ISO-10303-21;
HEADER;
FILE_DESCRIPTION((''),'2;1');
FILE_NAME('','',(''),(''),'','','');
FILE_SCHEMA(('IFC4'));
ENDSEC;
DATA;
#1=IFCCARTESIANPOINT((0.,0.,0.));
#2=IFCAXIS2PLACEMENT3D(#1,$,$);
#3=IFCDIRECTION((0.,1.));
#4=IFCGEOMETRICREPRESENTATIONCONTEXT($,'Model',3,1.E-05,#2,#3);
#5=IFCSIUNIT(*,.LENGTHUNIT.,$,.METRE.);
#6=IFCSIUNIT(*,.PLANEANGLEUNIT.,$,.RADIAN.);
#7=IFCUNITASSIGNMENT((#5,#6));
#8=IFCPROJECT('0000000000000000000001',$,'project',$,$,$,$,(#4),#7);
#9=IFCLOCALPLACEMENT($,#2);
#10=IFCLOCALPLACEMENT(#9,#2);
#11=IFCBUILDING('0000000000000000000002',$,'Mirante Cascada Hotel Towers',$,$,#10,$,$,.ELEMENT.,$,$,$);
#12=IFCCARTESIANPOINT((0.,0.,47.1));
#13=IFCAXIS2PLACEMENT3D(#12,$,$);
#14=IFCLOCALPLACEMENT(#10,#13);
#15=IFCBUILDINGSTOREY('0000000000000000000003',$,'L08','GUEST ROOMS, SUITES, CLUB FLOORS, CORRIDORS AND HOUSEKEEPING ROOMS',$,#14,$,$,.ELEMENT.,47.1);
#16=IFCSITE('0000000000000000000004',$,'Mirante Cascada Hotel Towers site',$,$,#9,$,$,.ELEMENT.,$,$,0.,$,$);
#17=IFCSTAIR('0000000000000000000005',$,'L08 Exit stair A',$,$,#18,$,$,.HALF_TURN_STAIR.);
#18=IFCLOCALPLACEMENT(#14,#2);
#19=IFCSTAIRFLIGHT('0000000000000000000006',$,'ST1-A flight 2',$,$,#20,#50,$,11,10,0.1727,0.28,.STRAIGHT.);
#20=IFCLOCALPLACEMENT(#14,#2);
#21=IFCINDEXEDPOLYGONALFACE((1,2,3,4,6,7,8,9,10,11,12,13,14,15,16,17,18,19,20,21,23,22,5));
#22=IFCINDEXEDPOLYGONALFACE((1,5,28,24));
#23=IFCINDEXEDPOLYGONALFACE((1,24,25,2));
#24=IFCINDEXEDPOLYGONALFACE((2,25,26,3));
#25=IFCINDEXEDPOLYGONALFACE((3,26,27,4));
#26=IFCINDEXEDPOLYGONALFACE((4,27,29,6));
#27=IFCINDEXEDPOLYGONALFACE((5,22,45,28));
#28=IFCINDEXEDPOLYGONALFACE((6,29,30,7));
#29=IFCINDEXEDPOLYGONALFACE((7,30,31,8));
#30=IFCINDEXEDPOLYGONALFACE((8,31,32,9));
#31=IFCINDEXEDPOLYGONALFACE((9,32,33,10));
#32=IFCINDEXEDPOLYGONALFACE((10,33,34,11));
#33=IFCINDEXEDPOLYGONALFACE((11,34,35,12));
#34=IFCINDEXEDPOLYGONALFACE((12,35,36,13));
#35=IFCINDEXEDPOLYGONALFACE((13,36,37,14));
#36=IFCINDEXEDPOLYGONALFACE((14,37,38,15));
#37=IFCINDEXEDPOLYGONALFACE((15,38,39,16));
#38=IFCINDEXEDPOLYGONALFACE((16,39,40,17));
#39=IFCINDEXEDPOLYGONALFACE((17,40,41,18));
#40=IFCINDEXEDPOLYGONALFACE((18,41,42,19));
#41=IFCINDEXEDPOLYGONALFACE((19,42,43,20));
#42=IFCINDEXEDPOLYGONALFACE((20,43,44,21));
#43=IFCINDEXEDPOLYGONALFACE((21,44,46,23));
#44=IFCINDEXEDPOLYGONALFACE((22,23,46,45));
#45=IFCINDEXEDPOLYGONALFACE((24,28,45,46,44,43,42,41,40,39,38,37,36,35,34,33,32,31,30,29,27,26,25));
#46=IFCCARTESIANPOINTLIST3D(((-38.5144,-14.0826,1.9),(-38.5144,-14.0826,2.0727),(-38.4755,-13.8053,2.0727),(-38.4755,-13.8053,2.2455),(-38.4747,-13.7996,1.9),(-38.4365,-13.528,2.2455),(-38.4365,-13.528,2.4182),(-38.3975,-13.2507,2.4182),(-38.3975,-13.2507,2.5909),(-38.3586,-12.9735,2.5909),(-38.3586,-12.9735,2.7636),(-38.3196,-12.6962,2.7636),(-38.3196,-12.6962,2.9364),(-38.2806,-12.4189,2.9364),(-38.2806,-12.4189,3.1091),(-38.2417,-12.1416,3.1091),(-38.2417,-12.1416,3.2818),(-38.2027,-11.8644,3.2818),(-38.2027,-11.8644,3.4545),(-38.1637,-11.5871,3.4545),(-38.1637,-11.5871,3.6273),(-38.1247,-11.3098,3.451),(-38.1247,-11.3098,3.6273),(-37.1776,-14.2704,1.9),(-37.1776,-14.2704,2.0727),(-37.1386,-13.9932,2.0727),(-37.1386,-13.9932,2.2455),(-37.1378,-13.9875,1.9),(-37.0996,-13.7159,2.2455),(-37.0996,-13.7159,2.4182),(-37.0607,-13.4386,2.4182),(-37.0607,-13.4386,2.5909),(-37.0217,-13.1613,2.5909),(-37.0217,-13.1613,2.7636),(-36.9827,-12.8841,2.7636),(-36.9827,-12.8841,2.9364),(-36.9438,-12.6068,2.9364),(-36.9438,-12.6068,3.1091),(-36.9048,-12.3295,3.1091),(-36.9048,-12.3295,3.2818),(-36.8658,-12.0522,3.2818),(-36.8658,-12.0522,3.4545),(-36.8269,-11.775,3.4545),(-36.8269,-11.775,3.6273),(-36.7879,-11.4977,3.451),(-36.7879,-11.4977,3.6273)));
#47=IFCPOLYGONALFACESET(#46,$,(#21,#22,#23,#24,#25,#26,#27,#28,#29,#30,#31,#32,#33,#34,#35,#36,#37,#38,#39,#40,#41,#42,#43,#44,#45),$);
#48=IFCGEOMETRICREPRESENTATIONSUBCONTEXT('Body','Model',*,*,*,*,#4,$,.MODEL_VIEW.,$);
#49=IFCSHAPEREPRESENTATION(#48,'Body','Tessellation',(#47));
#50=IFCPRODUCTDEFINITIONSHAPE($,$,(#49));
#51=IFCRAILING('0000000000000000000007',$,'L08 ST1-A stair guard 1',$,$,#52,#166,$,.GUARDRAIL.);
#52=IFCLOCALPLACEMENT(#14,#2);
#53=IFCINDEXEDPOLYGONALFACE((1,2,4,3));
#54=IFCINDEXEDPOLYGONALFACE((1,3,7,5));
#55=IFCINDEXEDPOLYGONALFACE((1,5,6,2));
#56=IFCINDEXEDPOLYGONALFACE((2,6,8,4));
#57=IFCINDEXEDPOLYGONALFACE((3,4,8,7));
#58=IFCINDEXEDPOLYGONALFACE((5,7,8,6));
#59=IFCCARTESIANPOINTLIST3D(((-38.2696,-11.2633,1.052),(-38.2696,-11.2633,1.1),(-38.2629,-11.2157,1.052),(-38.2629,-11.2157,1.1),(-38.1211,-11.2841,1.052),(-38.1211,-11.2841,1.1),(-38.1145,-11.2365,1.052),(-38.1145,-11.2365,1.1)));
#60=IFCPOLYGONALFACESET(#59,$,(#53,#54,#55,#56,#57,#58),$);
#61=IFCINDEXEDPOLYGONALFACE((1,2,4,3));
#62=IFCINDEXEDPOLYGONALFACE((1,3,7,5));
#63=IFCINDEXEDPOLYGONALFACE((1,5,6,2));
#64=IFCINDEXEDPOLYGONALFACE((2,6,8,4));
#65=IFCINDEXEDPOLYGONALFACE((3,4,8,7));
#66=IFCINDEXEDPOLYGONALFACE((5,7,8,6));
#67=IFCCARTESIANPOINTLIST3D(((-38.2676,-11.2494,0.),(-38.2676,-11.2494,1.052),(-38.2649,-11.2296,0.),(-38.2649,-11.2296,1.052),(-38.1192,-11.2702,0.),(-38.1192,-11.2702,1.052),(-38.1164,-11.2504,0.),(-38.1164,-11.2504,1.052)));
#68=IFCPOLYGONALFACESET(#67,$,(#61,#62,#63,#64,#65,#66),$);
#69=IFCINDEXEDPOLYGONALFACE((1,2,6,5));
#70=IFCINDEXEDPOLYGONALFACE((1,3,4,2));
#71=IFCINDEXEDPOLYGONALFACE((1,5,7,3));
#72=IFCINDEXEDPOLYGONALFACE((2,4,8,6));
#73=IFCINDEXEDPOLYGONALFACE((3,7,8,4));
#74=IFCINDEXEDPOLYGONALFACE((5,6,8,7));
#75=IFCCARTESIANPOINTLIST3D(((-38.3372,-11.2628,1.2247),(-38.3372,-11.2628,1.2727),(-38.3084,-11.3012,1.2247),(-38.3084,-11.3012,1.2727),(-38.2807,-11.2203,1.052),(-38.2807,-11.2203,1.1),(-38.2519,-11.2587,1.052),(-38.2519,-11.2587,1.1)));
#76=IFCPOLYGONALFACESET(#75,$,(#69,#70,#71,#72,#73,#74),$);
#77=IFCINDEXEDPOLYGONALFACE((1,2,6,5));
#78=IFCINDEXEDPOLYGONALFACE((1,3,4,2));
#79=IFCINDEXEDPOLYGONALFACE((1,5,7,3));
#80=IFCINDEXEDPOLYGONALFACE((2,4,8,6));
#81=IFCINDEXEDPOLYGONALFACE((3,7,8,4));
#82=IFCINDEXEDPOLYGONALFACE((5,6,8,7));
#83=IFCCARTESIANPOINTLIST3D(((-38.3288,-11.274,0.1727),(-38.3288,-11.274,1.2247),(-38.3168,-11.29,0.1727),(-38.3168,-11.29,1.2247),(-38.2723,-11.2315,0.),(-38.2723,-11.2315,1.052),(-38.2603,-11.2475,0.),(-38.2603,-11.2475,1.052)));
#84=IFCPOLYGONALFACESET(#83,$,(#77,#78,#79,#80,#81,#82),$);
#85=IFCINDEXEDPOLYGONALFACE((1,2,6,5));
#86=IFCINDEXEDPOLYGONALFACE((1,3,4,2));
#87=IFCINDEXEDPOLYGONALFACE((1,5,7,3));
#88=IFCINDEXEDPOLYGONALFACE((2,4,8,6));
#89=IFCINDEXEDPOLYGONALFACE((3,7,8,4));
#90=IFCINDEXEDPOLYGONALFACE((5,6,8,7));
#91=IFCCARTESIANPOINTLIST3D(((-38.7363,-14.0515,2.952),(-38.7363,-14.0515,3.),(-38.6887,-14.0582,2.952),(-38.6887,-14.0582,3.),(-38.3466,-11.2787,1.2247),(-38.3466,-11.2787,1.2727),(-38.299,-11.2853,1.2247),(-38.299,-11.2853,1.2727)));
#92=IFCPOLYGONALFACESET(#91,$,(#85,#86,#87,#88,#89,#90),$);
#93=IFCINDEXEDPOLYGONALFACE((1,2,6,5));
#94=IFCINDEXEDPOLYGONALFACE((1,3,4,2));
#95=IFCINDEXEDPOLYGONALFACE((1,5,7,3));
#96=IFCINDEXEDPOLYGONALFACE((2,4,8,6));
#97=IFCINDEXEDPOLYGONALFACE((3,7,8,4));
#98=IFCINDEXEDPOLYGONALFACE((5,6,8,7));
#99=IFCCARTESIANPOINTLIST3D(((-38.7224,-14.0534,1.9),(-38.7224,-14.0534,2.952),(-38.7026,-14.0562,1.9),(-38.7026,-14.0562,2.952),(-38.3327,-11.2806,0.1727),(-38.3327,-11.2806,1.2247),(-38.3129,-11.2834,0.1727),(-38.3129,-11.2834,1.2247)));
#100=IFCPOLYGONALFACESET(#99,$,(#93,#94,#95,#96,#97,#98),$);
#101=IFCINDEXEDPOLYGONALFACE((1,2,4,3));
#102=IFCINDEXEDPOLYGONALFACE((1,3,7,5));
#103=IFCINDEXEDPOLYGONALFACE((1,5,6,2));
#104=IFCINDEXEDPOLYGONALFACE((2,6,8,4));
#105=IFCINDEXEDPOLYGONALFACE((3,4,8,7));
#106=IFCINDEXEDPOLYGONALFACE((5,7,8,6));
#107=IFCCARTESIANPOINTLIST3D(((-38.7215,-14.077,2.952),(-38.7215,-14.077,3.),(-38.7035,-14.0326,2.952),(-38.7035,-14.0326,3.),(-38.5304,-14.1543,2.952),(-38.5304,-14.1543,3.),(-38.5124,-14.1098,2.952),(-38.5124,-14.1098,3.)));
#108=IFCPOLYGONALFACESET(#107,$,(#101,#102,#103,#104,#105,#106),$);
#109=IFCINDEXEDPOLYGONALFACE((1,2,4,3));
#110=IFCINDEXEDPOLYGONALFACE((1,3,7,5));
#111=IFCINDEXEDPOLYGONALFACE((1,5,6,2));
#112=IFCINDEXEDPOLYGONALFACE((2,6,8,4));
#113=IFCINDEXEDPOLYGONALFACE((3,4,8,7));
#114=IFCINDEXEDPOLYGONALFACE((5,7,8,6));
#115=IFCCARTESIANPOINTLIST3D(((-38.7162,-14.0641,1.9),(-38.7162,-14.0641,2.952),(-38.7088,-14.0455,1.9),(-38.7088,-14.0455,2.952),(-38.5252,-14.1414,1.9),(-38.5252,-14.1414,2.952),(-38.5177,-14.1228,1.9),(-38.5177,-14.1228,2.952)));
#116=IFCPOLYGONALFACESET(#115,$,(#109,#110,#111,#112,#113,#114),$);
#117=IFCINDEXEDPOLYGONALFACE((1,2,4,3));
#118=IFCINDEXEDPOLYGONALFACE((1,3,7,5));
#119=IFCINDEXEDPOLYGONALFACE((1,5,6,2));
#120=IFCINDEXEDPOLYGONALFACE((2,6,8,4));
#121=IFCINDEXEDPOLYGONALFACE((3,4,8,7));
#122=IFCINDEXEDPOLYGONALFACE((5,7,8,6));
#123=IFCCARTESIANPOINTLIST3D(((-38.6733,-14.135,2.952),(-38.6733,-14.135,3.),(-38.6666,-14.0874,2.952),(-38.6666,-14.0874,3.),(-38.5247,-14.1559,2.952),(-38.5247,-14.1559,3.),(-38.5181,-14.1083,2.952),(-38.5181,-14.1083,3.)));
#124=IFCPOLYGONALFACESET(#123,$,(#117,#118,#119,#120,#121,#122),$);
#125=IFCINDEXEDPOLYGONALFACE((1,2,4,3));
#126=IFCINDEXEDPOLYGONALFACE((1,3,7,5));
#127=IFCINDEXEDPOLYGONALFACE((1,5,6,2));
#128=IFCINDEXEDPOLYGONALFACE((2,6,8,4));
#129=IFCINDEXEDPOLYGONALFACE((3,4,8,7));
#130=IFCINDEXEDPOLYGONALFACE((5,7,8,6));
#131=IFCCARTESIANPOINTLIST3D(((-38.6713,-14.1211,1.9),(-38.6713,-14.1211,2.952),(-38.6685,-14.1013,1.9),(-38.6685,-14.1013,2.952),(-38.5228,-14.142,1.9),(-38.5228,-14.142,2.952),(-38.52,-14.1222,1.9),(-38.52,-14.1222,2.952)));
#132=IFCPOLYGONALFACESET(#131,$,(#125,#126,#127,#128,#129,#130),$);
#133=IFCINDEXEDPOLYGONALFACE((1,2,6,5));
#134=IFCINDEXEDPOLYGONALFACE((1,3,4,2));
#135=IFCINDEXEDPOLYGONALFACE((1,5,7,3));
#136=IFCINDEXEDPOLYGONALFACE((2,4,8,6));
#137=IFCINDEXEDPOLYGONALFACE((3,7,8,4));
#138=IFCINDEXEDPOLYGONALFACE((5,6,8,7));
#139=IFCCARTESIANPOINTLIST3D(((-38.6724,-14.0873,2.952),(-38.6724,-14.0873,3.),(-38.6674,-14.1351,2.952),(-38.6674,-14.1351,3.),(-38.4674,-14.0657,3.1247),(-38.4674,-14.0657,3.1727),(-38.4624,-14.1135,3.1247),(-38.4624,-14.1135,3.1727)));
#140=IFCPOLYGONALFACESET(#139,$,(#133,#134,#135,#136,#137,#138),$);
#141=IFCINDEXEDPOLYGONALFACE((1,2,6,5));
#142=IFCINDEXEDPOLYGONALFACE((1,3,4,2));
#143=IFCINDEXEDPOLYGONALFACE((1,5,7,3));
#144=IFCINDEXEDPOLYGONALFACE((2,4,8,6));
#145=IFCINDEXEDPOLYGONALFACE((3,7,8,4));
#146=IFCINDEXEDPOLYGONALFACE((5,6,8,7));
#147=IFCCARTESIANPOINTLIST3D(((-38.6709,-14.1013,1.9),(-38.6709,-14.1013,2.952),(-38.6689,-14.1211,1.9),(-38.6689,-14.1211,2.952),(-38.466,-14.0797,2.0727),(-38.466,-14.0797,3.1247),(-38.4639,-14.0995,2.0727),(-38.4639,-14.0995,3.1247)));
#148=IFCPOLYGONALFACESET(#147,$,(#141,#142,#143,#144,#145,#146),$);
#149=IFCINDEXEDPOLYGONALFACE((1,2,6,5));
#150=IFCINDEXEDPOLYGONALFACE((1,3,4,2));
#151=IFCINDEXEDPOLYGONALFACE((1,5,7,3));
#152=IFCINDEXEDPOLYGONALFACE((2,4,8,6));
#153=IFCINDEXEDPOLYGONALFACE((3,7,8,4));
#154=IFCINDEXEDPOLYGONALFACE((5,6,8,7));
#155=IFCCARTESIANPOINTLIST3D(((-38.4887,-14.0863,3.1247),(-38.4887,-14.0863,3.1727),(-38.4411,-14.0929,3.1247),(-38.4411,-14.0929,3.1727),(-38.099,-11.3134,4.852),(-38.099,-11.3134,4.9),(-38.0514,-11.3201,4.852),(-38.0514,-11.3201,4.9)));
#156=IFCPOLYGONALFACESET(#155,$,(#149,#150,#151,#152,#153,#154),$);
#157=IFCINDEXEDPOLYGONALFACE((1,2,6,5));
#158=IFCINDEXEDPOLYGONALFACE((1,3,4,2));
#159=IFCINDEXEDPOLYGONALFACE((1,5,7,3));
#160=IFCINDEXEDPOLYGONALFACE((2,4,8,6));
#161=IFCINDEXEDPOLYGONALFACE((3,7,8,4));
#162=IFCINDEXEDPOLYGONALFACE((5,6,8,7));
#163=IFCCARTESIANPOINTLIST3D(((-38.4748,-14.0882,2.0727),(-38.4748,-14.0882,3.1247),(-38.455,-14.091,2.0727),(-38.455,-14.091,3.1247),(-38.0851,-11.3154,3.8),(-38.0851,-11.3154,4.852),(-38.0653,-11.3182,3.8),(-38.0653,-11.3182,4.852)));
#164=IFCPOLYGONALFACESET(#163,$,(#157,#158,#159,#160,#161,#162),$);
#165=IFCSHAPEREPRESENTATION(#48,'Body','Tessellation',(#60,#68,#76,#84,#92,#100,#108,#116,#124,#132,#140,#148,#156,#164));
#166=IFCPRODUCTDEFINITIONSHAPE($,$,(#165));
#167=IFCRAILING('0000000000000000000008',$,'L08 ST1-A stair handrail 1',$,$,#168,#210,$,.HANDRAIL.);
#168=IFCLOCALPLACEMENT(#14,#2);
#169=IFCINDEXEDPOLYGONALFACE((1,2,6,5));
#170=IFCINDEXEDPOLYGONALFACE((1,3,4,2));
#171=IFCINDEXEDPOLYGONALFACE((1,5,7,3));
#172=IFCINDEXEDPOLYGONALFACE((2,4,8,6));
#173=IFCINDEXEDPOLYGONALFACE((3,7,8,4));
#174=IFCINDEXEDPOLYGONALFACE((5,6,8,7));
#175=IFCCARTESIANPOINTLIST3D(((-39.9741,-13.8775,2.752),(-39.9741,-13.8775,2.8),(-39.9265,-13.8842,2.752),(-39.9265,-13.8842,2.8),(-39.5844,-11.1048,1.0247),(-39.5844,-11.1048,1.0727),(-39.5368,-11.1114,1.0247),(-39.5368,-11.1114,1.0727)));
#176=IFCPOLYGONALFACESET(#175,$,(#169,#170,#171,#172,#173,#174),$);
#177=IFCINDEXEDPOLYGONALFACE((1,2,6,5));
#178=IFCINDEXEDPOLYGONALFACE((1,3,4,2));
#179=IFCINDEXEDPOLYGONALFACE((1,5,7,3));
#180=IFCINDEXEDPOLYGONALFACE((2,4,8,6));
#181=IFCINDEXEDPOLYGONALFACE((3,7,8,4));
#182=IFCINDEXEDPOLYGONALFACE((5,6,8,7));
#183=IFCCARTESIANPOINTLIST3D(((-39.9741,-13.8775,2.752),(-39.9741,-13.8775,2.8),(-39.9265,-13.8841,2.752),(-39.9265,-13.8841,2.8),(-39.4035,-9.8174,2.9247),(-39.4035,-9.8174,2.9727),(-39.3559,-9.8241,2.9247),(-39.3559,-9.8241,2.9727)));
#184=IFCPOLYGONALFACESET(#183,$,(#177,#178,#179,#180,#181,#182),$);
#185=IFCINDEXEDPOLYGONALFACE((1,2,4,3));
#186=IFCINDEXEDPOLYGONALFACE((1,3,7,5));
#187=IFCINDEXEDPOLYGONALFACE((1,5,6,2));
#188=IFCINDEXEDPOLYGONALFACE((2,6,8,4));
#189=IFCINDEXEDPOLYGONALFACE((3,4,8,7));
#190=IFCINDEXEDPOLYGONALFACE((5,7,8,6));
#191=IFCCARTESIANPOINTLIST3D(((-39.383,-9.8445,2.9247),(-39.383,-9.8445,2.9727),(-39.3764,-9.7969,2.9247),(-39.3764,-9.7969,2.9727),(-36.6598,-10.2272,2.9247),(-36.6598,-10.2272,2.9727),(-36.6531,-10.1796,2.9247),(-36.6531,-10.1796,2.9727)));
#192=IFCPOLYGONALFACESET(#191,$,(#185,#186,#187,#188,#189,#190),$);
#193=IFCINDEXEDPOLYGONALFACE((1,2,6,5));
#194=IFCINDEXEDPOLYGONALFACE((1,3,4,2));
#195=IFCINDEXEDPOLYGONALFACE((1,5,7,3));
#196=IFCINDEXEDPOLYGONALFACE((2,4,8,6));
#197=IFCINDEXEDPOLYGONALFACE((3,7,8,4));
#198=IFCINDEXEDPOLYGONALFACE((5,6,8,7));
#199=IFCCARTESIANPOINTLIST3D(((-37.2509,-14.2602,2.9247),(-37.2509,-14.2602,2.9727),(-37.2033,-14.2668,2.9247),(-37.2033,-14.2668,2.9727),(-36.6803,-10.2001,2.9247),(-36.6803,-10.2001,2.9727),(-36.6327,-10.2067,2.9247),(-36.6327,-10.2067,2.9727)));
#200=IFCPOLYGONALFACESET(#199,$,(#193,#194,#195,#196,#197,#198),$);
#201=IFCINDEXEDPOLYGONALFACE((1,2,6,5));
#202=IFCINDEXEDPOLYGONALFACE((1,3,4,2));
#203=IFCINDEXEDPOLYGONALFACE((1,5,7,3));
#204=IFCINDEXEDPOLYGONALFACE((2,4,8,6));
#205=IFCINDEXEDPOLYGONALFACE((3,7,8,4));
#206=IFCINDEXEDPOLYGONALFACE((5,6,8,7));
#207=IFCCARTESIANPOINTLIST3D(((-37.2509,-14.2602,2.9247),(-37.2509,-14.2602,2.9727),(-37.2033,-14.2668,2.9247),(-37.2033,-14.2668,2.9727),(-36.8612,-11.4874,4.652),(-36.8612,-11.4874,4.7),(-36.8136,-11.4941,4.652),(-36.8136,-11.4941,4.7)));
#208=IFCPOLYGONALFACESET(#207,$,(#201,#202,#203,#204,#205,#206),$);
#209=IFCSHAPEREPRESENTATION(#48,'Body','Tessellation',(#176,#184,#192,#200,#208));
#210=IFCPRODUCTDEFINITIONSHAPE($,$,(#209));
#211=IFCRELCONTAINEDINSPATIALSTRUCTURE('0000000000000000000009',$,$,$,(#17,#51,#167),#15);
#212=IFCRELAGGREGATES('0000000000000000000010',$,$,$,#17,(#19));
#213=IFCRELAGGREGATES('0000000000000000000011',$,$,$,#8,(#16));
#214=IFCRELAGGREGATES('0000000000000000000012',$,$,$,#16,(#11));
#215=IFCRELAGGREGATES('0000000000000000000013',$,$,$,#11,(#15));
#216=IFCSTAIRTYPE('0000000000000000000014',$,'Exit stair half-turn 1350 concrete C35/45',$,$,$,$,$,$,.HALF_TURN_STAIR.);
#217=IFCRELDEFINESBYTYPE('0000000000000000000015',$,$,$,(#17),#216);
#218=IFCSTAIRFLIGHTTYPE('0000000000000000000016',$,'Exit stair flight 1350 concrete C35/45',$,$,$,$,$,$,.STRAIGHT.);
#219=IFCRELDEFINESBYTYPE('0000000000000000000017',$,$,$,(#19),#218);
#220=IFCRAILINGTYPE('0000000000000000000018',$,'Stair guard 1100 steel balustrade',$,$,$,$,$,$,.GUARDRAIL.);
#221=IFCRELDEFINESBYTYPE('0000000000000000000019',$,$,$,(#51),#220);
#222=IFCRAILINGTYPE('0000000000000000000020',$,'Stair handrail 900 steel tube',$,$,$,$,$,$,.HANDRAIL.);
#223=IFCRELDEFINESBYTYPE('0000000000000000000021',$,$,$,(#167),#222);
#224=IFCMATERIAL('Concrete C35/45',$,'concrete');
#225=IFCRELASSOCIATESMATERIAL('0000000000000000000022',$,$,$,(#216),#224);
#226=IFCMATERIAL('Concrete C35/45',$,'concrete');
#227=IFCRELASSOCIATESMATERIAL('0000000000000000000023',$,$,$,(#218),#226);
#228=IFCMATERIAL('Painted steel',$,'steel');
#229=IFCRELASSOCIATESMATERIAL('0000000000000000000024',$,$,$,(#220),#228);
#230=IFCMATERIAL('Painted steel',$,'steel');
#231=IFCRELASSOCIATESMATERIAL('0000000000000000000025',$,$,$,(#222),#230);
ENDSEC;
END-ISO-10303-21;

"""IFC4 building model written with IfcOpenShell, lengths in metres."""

from ifc_helpers import new_model, si_unit, direction, frame, origin, origin_2d, place, context, subcontext, project, spatial, polyline, rectangle, outline, extrude, material, type_object, element, aggregate, save


model = new_model("IFC4")

# Units and contexts
model_context = context("Model", 3, precision=1e-05, world=origin(), true_north=direction((0.0, 1.0)))
body_context = subcontext(model_context, "Body", "Model", "MODEL_VIEW")
ifc_project = project(units=[si_unit("LENGTHUNIT", "METRE"), si_unit("PLANEANGLEUNIT", "RADIAN")], contexts=[model_context])

# Site, building, storey
site_placement = place(None, origin())
site = spatial("IfcSite", under=ifc_project, at=site_placement, Name="Mirante Cascada Hotel Towers site", CompositionType="ELEMENT", RefElevation=0.0)
building_placement = place(site_placement, origin())
building = spatial("IfcBuilding", under=site, at=building_placement, Name="Mirante Cascada Hotel Towers", CompositionType="ELEMENT")
storey_placement = place(building_placement, frame((0.0, 0.0, 47.1)))
storey = spatial("IfcBuildingStorey", under=building, at=storey_placement, Name="L08", Description="GUEST ROOMS, SUITES, CLUB FLOORS, CORRIDORS AND HOUSEKEEPING ROOMS", CompositionType="ELEMENT", Elevation=47.1)

# Stair, stair flight
ifc_material_1 = material(Name="Concrete C35/45", Category="concrete")
stair_type = type_object("IfcStairType", Name="Exit stair half-turn 1350 concrete C35/45", PredefinedType="HALF_TURN_STAIR", material=ifc_material_1)
stair_placement = place(storey_placement, origin())
stair = element("IfcStair", 1, at=stair_placement, inside=storey, type_object=stair_type, Name="L08 Exit stair A", PredefinedType="HALF_TURN_STAIR")
ifc_material_2 = material(Name="Concrete C35/45", Category="concrete")
stair_flight_type = type_object("IfcStairFlightType", Name="Exit stair flight 1350 concrete C35/45", PredefinedType="STRAIGHT", material=ifc_material_2)
stair_flight_1_placement = place(storey_placement, frame((-37.846, -14.1765, 1.9), z_axis=(0.0, 0.0, 1.0), x_axis=(0.139173, 0.990268, 0.0)))
stair_flight_1 = element("IfcStairFlight", 2, at=stair_flight_1_placement, type_object=stair_flight_type, Name="ST1-A flight 2", NumberOfRisers=11, NumberOfTreads=10, PredefinedType="STRAIGHT", RiserHeight=0.1727, TreadLength=0.28, context=body_context, shape_type="SweptSolid", body=[
    extrude(outline(polyline([(0.0, 0.0), (0.0, 0.1727), (0.28, 0.1727), (0.28, 0.3455), (0.56, 0.3455), (0.56, 0.5182), (0.84, 0.5182), (0.84, 0.6909), (1.12, 0.6909), (1.12, 0.8636), (1.4, 0.8636), (1.4, 1.0364), (1.68, 1.0364), (1.68, 1.2091), (1.96, 1.2091), (1.96, 1.3818), (2.24, 1.3818), (2.24, 1.5545), (2.52, 1.5545), (2.52, 1.7273), (2.8, 1.7273), (2.8, 1.9), (2.8, 1.551), (0.2857, 0.0), (0.0, 0.0)])), frame((0.0, 0.675, 0.0), z_axis=(0.0, -1.0, 0.0), x_axis=(1.0, 0.0, 0.0)), (0.0, 0.0, 1.0), 1.35),
])
aggregate(stair, [stair_flight_1])

# Railings
ifc_material_3 = material(Name="Painted steel", Category="steel")
railing_type_1 = type_object("IfcRailingType", Name="Stair guard 1100 steel balustrade", PredefinedType="GUARDRAIL", material=ifc_material_3)
railing_1_placement = place(storey_placement, frame((-38.1178, -11.2603, 0.0)))
element("IfcRailing", 3, at=railing_1_placement, inside=storey, type_object=railing_type_1, Name="L08 ST1-A stair guard 1", PredefinedType="GUARDRAIL", context=body_context, shape_type="SweptSolid", body=[
    extrude(rectangle(XDim=0.048, YDim=0.048, at=origin_2d()), frame((0.0, 0.0, 1.076), z_axis=(-0.990333, 0.138713, 0.0), x_axis=(-0.138713, -0.990333, 0.0)), (0.0, 0.0, 1.0), 0.1499),
    extrude(rectangle(XDim=0.02, YDim=1.052, at=origin_2d()), frame((0.0, 0.0, 0.526), z_axis=(-0.990333, 0.138713, 0.0), x_axis=(-0.138713, -0.990333, 0.0)), (0.0, 0.0, 1.0), 0.1499),
    extrude(rectangle(XDim=0.048, YDim=0.048, at=origin_2d()), frame((-0.1485, 0.0208, 1.076), z_axis=(-0.79915, -0.601131, 0.0), x_axis=(0.601131, -0.79915, 0.0)), (0.0, 0.925453, 0.378863), 0.1866),
    extrude(rectangle(XDim=0.02, YDim=1.052, at=origin_2d()), frame((-0.1485, 0.0208, 0.526), z_axis=(-0.79915, -0.601131, 0.0), x_axis=(0.601131, -0.79915, 0.0)), (0.0, 0.925453, 0.378863), 0.1866),
    extrude(rectangle(XDim=0.048, YDim=0.048, at=origin_2d()), frame((-0.205, -0.0217, 1.2487), z_axis=(-0.139176, -0.990268, 0.0), x_axis=(0.990268, -0.139176, 0.0)), (0.0, 0.525021, 0.851089), 3.29),
    extrude(rectangle(XDim=0.02, YDim=1.052, at=origin_2d()), frame((-0.205, -0.0217, 0.6987), z_axis=(-0.139176, -0.990268, 0.0), x_axis=(0.990268, -0.139176, 0.0)), (0.0, 0.525021, 0.851089), 3.29),
    extrude(rectangle(XDim=0.048, YDim=0.048, at=origin_2d()), frame((-0.5947, -2.7945, 2.976), z_axis=(0.927031, -0.374984, 0.0), x_axis=(0.374984, 0.927031, 0.0)), (0.0, 0.0, 1.0), 0.2061),
    extrude(rectangle(XDim=0.02, YDim=1.052, at=origin_2d()), frame((-0.5947, -2.7945, 2.426), z_axis=(0.927031, -0.374984, 0.0), x_axis=(0.374984, 0.927031, 0.0)), (0.0, 0.0, 1.0), 0.2061),
    extrude(rectangle(XDim=0.048, YDim=0.048, at=origin_2d()), frame((-0.4036, -2.8718, 2.976), z_axis=(-0.990241, 0.139367, 0.0), x_axis=(-0.139367, -0.990241, 0.0)), (0.0, 0.0, 1.0), 0.15),
    extrude(rectangle(XDim=0.02, YDim=1.052, at=origin_2d()), frame((-0.4036, -2.8718, 2.426), z_axis=(-0.990241, 0.139367, 0.0), x_axis=(-0.139367, -0.990241, 0.0)), (0.0, 0.0, 1.0), 0.15),
    extrude(rectangle(XDim=0.048, YDim=0.048, at=origin_2d()), frame((-0.5521, -2.8509, 2.976), z_axis=(0.994495, 0.104786, 0.0), x_axis=(-0.104786, 0.994495, 0.0)), (0.0, 0.642203, 0.766534), 0.2689),
    extrude(rectangle(XDim=0.02, YDim=1.052, at=origin_2d()), frame((-0.5521, -2.8509, 2.426), z_axis=(0.994495, 0.104786, 0.0), x_axis=(-0.104786, 0.994495, 0.0)), (0.0, 0.642203, 0.766534), 0.2689),
    extrude(rectangle(XDim=0.048, YDim=0.048, at=origin_2d()), frame((-0.3471, -2.8293, 3.1487), z_axis=(0.139176, 0.990268, 0.0), x_axis=(-0.990268, 0.139176, 0.0)), (0.0, 0.525021, 0.851089), 3.29),
    extrude(rectangle(XDim=0.02, YDim=1.052, at=origin_2d()), frame((-0.3471, -2.8293, 2.5987), z_axis=(0.139176, 0.990268, 0.0), x_axis=(-0.990268, 0.139176, 0.0)), (0.0, 0.525021, 0.851089), 3.29),
])
ifc_material_4 = material(Name="Painted steel", Category="steel")
railing_type_2 = type_object("IfcRailingType", Name="Stair handrail 900 steel tube", PredefinedType="HANDRAIL", material=ifc_material_4)
railing_2_placement = place(storey_placement, frame((-39.5606, -11.1081, 0.1727)))
element("IfcRailing", 4, at=railing_2_placement, inside=storey, type_object=railing_type_2, Name="L08 ST1-A stair handrail 1", PredefinedType="HANDRAIL", context=body_context, shape_type="SweptSolid", body=[
    extrude(rectangle(XDim=0.048, YDim=0.048, at=origin_2d()), frame((0.0, 0.0, 0.876), z_axis=(-0.139181, -0.990267, 0.0), x_axis=(0.990267, -0.139181, 0.0)), (0.0, 0.525035, 0.851081), 3.2899),
    extrude(rectangle(XDim=0.048, YDim=0.048, at=origin_2d()), frame((-0.3897, -2.7727, 2.6033), z_axis=(0.139171, 0.990268, 0.0), x_axis=(-0.990268, 0.139171, 0.0)), (0.0, 0.042085, 0.999114), 4.1036),
    extrude(rectangle(XDim=0.048, YDim=0.048, at=origin_2d()), frame((0.1809, 1.2874, 2.776), z_axis=(0.990269, -0.139166, 0.0), x_axis=(0.139166, 0.990269, 0.0)), (0.0, 0.0, 1.0), 2.75),
    extrude(rectangle(XDim=0.048, YDim=0.048, at=origin_2d()), frame((2.9041, 0.9047, 2.776), z_axis=(-0.139171, -0.990268, 0.0), x_axis=(0.990268, -0.139171, 0.0)), (0.0, 0.0, 1.0), 4.1),
    extrude(rectangle(XDim=0.048, YDim=0.048, at=origin_2d()), frame((2.3335, -3.1554, 2.776), z_axis=(0.139181, 0.990267, 0.0), x_axis=(-0.990267, 0.139181, 0.0)), (0.0, 0.525035, 0.851081), 3.2899),
])

save(model, "model.ifc")
